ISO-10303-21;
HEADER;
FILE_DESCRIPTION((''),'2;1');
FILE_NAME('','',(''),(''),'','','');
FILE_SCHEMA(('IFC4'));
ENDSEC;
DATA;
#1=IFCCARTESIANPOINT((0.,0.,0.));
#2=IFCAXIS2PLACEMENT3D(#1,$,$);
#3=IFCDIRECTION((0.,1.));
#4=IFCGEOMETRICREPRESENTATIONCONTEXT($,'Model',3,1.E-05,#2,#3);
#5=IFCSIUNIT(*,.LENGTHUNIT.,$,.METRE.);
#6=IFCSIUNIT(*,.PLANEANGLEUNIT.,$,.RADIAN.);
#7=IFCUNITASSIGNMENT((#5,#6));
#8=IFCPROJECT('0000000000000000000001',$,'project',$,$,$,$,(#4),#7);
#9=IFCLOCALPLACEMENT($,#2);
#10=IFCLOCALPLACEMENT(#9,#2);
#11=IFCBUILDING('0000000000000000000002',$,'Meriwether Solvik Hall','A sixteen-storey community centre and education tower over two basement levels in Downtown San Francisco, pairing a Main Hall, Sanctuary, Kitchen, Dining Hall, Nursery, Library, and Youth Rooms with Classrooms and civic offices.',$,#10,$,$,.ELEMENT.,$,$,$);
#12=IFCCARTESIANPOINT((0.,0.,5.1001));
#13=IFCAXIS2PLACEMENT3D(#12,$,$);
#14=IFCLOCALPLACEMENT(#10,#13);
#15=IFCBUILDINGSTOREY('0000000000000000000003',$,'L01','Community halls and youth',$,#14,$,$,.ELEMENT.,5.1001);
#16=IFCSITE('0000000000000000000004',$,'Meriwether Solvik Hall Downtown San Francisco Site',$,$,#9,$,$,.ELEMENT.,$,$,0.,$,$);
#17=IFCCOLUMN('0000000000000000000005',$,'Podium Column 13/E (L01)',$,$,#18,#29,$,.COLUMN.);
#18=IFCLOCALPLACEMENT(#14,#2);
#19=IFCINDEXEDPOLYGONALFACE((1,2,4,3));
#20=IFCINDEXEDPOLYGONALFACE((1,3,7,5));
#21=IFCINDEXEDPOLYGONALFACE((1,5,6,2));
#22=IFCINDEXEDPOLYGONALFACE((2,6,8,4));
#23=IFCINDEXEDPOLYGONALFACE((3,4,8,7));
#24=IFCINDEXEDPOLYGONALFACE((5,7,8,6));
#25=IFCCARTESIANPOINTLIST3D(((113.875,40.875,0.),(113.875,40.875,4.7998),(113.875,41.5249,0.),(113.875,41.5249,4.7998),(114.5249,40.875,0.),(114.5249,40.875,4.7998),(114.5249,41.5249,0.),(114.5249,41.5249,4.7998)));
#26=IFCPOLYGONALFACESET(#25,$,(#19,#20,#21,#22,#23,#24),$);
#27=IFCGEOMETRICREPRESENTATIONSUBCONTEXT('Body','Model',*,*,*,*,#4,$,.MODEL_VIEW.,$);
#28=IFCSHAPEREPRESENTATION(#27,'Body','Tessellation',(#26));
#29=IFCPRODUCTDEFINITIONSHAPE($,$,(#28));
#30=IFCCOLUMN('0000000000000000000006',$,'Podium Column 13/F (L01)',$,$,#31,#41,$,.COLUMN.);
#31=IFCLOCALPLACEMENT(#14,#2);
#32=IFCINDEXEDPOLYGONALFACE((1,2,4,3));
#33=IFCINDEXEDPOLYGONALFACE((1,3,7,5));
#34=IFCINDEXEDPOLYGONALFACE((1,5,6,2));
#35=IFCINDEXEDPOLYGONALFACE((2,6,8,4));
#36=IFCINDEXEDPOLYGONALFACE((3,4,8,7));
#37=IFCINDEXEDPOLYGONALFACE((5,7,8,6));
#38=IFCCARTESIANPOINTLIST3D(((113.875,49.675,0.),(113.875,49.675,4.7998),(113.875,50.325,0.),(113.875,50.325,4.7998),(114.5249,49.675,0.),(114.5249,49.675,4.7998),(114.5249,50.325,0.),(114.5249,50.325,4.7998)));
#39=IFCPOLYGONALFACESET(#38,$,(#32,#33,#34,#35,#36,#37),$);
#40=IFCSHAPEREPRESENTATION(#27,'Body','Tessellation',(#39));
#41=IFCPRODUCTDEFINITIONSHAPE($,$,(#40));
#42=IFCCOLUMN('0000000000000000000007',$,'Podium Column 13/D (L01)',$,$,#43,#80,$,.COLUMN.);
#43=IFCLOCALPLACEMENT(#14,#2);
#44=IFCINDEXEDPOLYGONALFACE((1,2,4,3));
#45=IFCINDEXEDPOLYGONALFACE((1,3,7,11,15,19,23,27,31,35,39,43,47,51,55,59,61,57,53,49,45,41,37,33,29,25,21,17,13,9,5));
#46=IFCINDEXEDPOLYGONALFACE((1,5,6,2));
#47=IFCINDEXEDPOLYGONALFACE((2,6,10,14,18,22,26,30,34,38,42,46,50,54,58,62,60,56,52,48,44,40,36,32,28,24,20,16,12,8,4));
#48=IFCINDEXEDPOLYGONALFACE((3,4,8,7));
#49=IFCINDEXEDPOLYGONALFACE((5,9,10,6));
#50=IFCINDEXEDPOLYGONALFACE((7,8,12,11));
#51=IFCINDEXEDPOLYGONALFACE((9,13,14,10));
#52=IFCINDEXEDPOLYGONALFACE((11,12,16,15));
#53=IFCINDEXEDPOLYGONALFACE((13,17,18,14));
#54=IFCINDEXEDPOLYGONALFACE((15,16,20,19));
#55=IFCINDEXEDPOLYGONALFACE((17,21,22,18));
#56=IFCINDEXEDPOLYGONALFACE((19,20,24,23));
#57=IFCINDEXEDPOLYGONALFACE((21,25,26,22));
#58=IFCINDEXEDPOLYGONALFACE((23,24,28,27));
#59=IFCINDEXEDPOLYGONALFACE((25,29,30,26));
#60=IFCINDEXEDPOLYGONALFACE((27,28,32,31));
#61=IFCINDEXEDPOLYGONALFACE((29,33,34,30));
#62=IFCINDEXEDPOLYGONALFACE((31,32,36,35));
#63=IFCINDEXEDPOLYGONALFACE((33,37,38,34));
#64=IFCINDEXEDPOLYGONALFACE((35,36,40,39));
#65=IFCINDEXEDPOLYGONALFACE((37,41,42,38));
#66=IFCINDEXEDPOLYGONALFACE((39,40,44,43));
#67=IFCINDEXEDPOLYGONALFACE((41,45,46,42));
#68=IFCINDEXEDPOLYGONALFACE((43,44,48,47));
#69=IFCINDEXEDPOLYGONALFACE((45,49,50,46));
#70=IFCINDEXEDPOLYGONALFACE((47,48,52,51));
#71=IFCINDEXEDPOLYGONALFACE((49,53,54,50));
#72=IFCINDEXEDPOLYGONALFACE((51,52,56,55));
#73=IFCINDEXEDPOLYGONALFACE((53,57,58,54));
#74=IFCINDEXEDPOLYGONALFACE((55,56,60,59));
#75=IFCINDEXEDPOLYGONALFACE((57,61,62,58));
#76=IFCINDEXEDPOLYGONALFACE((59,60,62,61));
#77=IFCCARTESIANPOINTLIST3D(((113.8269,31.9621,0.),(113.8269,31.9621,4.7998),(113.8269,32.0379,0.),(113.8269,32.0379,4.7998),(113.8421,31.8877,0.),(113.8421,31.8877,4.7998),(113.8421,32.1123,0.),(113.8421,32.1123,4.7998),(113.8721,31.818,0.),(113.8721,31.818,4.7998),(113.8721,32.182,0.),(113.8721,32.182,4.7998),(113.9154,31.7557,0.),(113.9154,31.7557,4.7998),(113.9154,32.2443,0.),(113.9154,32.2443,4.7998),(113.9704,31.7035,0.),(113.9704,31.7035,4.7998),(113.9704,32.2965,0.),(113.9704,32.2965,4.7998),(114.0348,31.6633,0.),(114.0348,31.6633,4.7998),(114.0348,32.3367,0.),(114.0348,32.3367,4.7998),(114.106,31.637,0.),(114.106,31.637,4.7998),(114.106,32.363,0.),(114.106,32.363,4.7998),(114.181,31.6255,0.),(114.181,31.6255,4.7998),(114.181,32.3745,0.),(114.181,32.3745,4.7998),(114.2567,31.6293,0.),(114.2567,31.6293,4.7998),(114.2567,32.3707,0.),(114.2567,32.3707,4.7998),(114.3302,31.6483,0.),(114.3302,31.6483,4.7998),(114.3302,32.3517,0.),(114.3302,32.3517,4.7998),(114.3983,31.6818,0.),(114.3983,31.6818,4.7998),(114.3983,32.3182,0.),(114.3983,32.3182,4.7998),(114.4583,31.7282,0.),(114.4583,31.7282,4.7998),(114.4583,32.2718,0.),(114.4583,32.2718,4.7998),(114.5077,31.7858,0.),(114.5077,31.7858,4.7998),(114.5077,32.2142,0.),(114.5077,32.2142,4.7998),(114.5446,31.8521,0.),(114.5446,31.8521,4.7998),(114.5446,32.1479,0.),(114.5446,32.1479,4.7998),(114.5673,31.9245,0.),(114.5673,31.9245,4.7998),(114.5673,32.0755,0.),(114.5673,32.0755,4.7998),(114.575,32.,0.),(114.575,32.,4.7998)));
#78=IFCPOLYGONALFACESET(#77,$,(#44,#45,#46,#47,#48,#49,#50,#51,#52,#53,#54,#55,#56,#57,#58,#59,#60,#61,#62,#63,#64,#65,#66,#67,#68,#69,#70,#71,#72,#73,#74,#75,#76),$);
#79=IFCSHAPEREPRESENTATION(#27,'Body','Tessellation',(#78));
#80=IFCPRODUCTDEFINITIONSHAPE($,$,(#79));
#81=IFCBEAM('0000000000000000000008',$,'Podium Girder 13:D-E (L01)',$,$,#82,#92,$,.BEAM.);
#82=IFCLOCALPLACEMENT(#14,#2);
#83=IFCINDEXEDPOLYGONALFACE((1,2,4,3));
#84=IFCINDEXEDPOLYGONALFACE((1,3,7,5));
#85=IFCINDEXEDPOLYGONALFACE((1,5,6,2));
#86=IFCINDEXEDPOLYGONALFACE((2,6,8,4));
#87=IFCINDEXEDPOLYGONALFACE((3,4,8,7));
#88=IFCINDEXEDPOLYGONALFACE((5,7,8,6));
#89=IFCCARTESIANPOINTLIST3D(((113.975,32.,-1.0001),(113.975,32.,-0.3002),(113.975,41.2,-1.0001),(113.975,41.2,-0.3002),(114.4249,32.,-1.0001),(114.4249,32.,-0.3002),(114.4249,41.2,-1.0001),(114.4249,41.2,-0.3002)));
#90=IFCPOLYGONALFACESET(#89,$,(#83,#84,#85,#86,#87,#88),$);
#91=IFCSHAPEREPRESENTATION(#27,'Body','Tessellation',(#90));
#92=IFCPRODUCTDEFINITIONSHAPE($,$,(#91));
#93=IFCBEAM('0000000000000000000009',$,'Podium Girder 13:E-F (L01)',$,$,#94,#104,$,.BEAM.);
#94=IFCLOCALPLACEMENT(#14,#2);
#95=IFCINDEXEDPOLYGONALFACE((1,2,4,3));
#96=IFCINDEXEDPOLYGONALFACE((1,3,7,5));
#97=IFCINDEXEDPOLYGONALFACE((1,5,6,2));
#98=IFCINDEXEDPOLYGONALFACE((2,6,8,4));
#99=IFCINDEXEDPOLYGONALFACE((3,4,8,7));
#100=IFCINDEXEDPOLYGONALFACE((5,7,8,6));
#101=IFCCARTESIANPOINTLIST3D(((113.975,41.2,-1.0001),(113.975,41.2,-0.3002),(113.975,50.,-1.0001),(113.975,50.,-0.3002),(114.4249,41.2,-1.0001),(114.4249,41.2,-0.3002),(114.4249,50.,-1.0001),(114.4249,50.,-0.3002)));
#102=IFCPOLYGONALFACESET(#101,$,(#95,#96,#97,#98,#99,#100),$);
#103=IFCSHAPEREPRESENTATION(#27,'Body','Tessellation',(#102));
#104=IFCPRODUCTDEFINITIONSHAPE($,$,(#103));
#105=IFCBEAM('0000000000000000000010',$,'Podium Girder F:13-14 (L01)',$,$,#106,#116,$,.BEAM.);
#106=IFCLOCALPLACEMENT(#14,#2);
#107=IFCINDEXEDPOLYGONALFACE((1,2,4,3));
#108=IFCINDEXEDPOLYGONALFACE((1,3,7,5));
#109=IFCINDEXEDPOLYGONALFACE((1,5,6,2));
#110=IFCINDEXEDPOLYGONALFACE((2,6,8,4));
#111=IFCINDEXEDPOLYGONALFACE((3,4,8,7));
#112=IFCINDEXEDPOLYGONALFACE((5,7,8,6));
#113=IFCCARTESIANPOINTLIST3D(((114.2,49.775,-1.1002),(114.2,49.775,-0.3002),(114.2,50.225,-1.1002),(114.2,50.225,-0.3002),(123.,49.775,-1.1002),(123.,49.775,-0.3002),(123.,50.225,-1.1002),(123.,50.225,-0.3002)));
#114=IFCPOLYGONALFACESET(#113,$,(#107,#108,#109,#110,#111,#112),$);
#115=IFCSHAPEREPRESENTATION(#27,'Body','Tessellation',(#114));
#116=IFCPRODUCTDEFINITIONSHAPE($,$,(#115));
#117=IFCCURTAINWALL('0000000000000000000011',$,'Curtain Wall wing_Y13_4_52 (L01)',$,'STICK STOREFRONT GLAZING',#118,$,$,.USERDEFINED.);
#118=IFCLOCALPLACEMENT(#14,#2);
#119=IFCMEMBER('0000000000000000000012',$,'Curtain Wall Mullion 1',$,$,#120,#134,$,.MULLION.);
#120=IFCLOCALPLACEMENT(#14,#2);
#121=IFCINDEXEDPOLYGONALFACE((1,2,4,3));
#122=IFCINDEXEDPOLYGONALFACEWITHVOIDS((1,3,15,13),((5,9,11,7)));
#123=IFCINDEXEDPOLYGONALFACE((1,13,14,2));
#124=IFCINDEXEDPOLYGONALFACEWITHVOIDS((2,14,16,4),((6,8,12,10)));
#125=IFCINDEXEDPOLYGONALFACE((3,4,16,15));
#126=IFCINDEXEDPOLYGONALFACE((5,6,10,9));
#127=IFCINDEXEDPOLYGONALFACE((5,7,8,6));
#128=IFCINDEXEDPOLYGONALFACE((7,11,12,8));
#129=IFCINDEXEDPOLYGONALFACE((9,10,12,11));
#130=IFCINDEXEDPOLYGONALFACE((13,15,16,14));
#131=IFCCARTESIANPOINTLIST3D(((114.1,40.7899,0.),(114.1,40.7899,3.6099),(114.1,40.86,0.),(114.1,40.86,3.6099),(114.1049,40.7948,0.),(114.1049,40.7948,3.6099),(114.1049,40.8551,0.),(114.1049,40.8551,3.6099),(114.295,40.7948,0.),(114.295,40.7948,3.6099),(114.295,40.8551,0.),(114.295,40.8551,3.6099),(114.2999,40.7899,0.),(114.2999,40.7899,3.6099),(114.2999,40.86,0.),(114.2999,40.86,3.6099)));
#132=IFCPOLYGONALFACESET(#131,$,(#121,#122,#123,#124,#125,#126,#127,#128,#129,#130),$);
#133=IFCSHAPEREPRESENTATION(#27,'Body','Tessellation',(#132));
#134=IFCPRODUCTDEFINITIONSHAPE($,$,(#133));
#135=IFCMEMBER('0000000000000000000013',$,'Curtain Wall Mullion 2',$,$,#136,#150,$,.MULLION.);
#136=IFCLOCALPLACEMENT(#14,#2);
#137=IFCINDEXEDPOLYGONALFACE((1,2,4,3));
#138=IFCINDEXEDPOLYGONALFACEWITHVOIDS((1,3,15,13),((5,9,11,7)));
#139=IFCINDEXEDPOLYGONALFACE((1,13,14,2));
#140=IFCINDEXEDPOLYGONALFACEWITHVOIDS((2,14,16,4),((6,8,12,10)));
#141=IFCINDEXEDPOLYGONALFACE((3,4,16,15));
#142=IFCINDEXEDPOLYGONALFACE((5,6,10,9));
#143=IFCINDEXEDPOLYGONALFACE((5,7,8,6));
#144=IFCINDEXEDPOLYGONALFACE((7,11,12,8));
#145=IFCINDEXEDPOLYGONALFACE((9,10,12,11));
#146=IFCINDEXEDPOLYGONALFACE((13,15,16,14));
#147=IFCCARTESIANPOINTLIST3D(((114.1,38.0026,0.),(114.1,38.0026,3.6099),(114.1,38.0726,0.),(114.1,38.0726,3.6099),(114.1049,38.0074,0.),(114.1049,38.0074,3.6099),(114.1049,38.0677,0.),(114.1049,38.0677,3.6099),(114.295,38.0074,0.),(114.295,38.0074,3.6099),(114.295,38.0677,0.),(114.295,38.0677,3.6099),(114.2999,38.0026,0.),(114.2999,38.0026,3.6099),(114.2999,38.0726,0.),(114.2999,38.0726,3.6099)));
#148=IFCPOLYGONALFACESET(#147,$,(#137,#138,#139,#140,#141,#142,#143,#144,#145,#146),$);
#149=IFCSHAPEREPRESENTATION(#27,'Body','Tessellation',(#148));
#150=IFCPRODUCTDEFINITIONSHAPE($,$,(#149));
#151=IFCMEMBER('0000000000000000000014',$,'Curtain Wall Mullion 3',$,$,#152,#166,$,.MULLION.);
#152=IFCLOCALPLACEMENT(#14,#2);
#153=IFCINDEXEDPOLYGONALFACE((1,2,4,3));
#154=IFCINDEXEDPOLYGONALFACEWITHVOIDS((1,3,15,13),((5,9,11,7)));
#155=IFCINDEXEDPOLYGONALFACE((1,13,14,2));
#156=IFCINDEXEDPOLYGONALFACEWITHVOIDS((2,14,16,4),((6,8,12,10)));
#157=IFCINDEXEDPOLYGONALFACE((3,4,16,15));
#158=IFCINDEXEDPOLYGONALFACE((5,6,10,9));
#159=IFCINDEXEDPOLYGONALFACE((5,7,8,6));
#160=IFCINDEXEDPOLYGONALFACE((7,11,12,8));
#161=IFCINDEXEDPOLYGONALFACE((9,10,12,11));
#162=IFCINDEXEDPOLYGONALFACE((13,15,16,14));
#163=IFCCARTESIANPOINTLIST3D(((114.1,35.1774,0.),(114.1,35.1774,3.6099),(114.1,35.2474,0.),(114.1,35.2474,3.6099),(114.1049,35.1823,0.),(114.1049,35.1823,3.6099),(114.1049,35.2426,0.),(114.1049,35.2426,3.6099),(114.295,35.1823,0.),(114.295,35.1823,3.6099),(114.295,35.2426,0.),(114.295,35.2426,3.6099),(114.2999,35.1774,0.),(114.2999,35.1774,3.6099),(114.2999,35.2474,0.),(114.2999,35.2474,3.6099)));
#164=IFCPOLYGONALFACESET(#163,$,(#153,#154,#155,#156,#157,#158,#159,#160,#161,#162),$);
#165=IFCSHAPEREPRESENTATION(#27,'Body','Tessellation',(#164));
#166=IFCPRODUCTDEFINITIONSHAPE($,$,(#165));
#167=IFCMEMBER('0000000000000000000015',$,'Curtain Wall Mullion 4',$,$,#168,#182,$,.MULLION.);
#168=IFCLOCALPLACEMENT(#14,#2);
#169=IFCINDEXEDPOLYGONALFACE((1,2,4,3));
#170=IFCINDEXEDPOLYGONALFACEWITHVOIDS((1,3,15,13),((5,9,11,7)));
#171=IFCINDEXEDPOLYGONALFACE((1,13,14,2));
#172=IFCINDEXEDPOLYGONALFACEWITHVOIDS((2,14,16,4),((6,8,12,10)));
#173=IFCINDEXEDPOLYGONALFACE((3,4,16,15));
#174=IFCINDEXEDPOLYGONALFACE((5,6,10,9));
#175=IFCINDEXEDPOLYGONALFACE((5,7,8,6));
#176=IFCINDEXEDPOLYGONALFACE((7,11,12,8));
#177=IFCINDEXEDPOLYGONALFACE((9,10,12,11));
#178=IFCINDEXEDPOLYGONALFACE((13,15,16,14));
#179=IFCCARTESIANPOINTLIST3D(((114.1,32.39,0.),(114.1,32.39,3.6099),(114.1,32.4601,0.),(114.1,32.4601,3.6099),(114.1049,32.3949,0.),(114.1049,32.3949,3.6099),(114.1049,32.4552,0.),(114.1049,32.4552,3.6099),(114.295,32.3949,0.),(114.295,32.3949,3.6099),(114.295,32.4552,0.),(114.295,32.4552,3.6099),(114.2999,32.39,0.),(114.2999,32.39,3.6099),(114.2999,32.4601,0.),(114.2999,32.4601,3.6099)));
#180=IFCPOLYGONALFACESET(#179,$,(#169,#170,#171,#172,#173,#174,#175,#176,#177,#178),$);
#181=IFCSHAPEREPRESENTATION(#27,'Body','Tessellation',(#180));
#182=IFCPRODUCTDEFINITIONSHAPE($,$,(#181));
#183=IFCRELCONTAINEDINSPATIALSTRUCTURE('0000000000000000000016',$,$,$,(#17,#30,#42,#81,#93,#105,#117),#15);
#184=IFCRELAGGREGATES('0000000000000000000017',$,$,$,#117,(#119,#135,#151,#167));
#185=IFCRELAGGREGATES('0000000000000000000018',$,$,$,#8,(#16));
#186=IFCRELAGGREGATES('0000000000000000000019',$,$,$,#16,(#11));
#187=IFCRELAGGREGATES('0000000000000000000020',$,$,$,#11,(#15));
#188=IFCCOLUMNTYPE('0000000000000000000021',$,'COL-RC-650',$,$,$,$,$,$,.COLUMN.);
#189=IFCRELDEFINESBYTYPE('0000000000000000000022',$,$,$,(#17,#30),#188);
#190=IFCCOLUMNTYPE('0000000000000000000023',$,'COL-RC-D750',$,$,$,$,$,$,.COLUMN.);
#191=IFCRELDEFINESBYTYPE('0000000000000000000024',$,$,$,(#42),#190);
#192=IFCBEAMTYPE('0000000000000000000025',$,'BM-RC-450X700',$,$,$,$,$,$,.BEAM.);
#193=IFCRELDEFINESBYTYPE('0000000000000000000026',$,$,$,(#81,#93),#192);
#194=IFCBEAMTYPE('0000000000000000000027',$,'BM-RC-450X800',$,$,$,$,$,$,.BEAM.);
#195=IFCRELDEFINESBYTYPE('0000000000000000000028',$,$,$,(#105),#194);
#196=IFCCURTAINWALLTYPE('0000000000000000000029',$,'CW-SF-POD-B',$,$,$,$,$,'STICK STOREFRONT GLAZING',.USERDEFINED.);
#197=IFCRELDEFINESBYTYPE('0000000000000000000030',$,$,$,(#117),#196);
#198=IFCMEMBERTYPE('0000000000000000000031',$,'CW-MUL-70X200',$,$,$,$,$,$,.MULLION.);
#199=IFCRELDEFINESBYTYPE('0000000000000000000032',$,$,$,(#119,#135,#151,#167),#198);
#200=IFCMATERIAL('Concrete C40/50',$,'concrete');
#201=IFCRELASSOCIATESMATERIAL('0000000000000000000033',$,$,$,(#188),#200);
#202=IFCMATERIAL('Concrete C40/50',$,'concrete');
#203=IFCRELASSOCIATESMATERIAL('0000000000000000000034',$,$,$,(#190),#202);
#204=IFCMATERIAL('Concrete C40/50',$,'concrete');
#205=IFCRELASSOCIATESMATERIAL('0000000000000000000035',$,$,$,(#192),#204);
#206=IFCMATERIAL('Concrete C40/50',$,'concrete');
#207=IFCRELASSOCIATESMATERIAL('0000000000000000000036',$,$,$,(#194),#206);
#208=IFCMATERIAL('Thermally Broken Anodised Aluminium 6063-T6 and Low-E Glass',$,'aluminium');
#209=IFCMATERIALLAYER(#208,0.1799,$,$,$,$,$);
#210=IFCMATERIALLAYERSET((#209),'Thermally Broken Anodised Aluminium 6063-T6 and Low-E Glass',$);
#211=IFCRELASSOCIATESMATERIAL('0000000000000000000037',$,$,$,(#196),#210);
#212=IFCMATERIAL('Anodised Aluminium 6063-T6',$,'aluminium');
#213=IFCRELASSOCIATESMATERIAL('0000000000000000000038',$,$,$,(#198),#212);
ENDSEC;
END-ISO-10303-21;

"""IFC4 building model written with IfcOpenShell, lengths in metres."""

from ifc_helpers import new_model, si_unit, direction, frame, origin, origin_2d, place, context, subcontext, project, spatial, rectangle, hollow_rectangle, circle, extrude, material, layer, layer_set, material_profile, profile_set, type_object, element, aggregate, save


model = new_model("IFC4")

# Units and contexts
model_context = context("Model", 3, precision=1e-05, world=origin(), true_north=direction((0.0, 1.0)))
body_context = subcontext(model_context, "Body", "Model", "MODEL_VIEW")
ifc_project = project(units=[si_unit("LENGTHUNIT", "METRE"), si_unit("PLANEANGLEUNIT", "RADIAN")], contexts=[model_context])

# Site, building, storey
site_placement = place(None, origin())
site = spatial("IfcSite", under=ifc_project, at=site_placement, Name="Meriwether Solvik Hall Downtown San Francisco Site", CompositionType="ELEMENT", RefElevation=0.0)
building_placement = place(site_placement, origin())
building = spatial("IfcBuilding", under=site, at=building_placement, Name="Meriwether Solvik Hall", Description="A sixteen-storey community centre and education tower over two basement levels in Downtown San Francisco, pairing a Main Hall, Sanctuary, Kitchen, Dining Hall, Nursery, Library, and Youth Rooms with Classrooms and civic offices.", CompositionType="ELEMENT")
storey_placement = place(building_placement, frame((0.0, 0.0, 5.1001)))
storey = spatial("IfcBuildingStorey", under=building, at=storey_placement, Name="L01", Description="Community halls and youth", CompositionType="ELEMENT", Elevation=5.1001)

# Columns
ifc_material_1 = material(Name="Concrete C40/50", Category="concrete")
ifc_material_profile_1 = material_profile(ifc_material_1, rectangle(XDim=0.6499, YDim=0.6499, at=origin_2d()), Name="RCC-650X650")
ifc_profile_set_1 = profile_set([ifc_material_profile_1], Name="Concrete C40/50")
column_type_1 = type_object("IfcColumnType", Name="COL-RC-650", PredefinedType="COLUMN", material=ifc_profile_set_1)
for number, where, z_axis, x_axis, name in (
    (1, (114.2, 41.2, 0.0), (0.0, 0.0, 1.0), (1.0, 0.0, 0.0), "Podium Column 13/E (L01)"),
    (2, (114.2, 50.0, 0.0), (0.0, 0.0, 1.0), (1.0, 0.0, 0.0), "Podium Column 13/F (L01)"),
):
    element("IfcColumn", number, at=place(storey_placement, frame(where, z_axis=z_axis, x_axis=x_axis)), inside=storey, type_object=column_type_1, Name=name, PredefinedType="COLUMN", context=body_context, shape_type="SweptSolid", body=[
        extrude(rectangle(XDim=0.6499, YDim=0.6499, at=origin_2d()), origin(), (0.0, 0.0, 1.0), 4.7998),
    ])
ifc_material_2 = material(Name="Concrete C40/50", Category="concrete")
ifc_material_profile_2 = material_profile(ifc_material_2, circle(Radius=0.375, at=origin_2d()), Name="RCC-D750")
ifc_profile_set_2 = profile_set([ifc_material_profile_2], Name="Concrete C40/50")
column_type_2 = type_object("IfcColumnType", Name="COL-RC-D750", PredefinedType="COLUMN", material=ifc_profile_set_2)
column_placement = place(storey_placement, frame((114.2, 32.0, 0.0), z_axis=(0.0, 0.0, 1.0), x_axis=(1.0, 0.0, 0.0)))
element("IfcColumn", 3, at=column_placement, inside=storey, type_object=column_type_2, Name="Podium Column 13/D (L01)", PredefinedType="COLUMN", context=body_context, shape_type="SweptSolid", body=[
    extrude(circle(Radius=0.375, at=origin_2d()), origin(), (0.0, 0.0, 1.0), 4.7998),
])

# Beams
ifc_material_3 = material(Name="Concrete C40/50", Category="concrete")
ifc_material_profile_3 = material_profile(ifc_material_3, rectangle(XDim=0.45, YDim=0.7, at=origin_2d()), Name="RCB-450X700")
ifc_profile_set_3 = profile_set([ifc_material_profile_3], Name="Concrete C40/50")
beam_type_1 = type_object("IfcBeamType", Name="BM-RC-450X700", PredefinedType="BEAM", material=ifc_profile_set_3)
beam_1_placement = place(storey_placement, frame((114.2, 32.0, -0.6501), z_axis=(0.0, 1.0, 0.0), x_axis=(-1.0, 0.0, 0.0)))
element("IfcBeam", 4, at=beam_1_placement, inside=storey, type_object=beam_type_1, Name="Podium Girder 13:D-E (L01)", PredefinedType="BEAM", context=body_context, shape_type="SweptSolid", body=[
    extrude(rectangle(XDim=0.45, YDim=0.7, at=origin_2d()), origin(), (0.0, 0.0, 1.0), 9.2),
])
beam_2_placement = place(storey_placement, frame((114.2, 41.2, -0.6501), z_axis=(0.0, 1.0, 0.0), x_axis=(-1.0, 0.0, 0.0)))
element("IfcBeam", 5, at=beam_2_placement, inside=storey, type_object=beam_type_1, Name="Podium Girder 13:E-F (L01)", PredefinedType="BEAM", context=body_context, shape_type="SweptSolid", body=[
    extrude(rectangle(XDim=0.45, YDim=0.7, at=origin_2d()), origin(), (0.0, 0.0, 1.0), 8.8),
])
ifc_material_4 = material(Name="Concrete C40/50", Category="concrete")
ifc_material_profile_4 = material_profile(ifc_material_4, rectangle(XDim=0.45, YDim=0.8, at=origin_2d()), Name="RCB-450X800")
ifc_profile_set_4 = profile_set([ifc_material_profile_4], Name="Concrete C40/50")
beam_type_2 = type_object("IfcBeamType", Name="BM-RC-450X800", PredefinedType="BEAM", material=ifc_profile_set_4)
beam_3_placement = place(storey_placement, frame((114.2, 50.0, -0.7002), z_axis=(1.0, 0.0, 0.0), x_axis=(0.0, 1.0, 0.0)))
element("IfcBeam", 6, at=beam_3_placement, inside=storey, type_object=beam_type_2, Name="Podium Girder F:13-14 (L01)", PredefinedType="BEAM", context=body_context, shape_type="SweptSolid", body=[
    extrude(rectangle(XDim=0.45, YDim=0.8, at=origin_2d()), origin(), (0.0, 0.0, 1.0), 8.8),
])

# Curtain wall, members
ifc_material_5 = material(Name="Thermally Broken Anodised Aluminium 6063-T6 and Low-E Glass", Category="aluminium")
ifc_layer_1 = layer(ifc_material_5, 0.1799)
ifc_layer_set_1 = layer_set([ifc_layer_1], Name="Thermally Broken Anodised Aluminium 6063-T6 and Low-E Glass")
curtain_wall_type = type_object("IfcCurtainWallType", Name="CW-SF-POD-B", ElementType="STICK STOREFRONT GLAZING", PredefinedType="USERDEFINED", material=ifc_layer_set_1)
curtain_wall_placement = place(storey_placement, origin())
curtain_wall = element("IfcCurtainWall", 7, at=curtain_wall_placement, inside=storey, type_object=curtain_wall_type, Name="Curtain Wall wing_Y13_4_52 (L01)", ObjectType="STICK STOREFRONT GLAZING", PredefinedType="USERDEFINED")
ifc_material_6 = material(Name="Anodised Aluminium 6063-T6", Category="aluminium")
ifc_material_profile_5 = material_profile(ifc_material_6, hollow_rectangle(XDim=0.0701, YDim=0.2, WallThickness=0.0049, at=origin_2d()), Name="CWM-70X200")
ifc_profile_set_5 = profile_set([ifc_material_profile_5], Name="Anodised Aluminium 6063-T6")
member_type_1 = type_object("IfcMemberType", Name="CW-MUL-70X200", PredefinedType="MULLION", material=ifc_profile_set_5)
member_1_placement = place(storey_placement, frame((114.2, 40.825, 0.0), z_axis=(0.0, 0.0, 1.0), x_axis=(0.0, -1.0, 0.0)))
member_1 = element("IfcMember", 8, at=member_1_placement, type_object=member_type_1, Name="Curtain Wall Mullion 1", PredefinedType="MULLION", context=body_context, shape_type="SweptSolid", body=[
    extrude(hollow_rectangle(XDim=0.0701, YDim=0.2, WallThickness=0.0049, at=origin_2d()), origin(), (0.0, 0.0, 1.0), 3.6099),
])
member_2_placement = place(storey_placement, frame((114.2, 38.0376, 0.0), z_axis=(0.0, 0.0, 1.0), x_axis=(0.0, -1.0, 0.0)))
member_2 = element("IfcMember", 9, at=member_2_placement, type_object=member_type_1, Name="Curtain Wall Mullion 2", PredefinedType="MULLION", context=body_context, shape_type="SweptSolid", body=[
    extrude(hollow_rectangle(XDim=0.0701, YDim=0.2, WallThickness=0.0049, at=origin_2d()), origin(), (0.0, 0.0, 1.0), 3.6099),
])
member_3_placement = place(storey_placement, frame((114.2, 35.2124, 0.0), z_axis=(0.0, 0.0, 1.0), x_axis=(0.0, -1.0, 0.0)))
member_3 = element("IfcMember", 10, at=member_3_placement, type_object=member_type_1, Name="Curtain Wall Mullion 3", PredefinedType="MULLION", context=body_context, shape_type="SweptSolid", body=[
    extrude(hollow_rectangle(XDim=0.0701, YDim=0.2, WallThickness=0.0049, at=origin_2d()), origin(), (0.0, 0.0, 1.0), 3.6099),
])
member_4_placement = place(storey_placement, frame((114.2, 32.425, 0.0), z_axis=(0.0, 0.0, 1.0), x_axis=(0.0, -1.0, 0.0)))
member_4 = element("IfcMember", 11, at=member_4_placement, type_object=member_type_1, Name="Curtain Wall Mullion 4", PredefinedType="MULLION", context=body_context, shape_type="SweptSolid", body=[
    extrude(hollow_rectangle(XDim=0.0701, YDim=0.2, WallThickness=0.0049, at=origin_2d()), origin(), (0.0, 0.0, 1.0), 3.6099),
])
aggregate(curtain_wall, [member_1, member_2, member_3, member_4])

save(model, "model.ifc")
